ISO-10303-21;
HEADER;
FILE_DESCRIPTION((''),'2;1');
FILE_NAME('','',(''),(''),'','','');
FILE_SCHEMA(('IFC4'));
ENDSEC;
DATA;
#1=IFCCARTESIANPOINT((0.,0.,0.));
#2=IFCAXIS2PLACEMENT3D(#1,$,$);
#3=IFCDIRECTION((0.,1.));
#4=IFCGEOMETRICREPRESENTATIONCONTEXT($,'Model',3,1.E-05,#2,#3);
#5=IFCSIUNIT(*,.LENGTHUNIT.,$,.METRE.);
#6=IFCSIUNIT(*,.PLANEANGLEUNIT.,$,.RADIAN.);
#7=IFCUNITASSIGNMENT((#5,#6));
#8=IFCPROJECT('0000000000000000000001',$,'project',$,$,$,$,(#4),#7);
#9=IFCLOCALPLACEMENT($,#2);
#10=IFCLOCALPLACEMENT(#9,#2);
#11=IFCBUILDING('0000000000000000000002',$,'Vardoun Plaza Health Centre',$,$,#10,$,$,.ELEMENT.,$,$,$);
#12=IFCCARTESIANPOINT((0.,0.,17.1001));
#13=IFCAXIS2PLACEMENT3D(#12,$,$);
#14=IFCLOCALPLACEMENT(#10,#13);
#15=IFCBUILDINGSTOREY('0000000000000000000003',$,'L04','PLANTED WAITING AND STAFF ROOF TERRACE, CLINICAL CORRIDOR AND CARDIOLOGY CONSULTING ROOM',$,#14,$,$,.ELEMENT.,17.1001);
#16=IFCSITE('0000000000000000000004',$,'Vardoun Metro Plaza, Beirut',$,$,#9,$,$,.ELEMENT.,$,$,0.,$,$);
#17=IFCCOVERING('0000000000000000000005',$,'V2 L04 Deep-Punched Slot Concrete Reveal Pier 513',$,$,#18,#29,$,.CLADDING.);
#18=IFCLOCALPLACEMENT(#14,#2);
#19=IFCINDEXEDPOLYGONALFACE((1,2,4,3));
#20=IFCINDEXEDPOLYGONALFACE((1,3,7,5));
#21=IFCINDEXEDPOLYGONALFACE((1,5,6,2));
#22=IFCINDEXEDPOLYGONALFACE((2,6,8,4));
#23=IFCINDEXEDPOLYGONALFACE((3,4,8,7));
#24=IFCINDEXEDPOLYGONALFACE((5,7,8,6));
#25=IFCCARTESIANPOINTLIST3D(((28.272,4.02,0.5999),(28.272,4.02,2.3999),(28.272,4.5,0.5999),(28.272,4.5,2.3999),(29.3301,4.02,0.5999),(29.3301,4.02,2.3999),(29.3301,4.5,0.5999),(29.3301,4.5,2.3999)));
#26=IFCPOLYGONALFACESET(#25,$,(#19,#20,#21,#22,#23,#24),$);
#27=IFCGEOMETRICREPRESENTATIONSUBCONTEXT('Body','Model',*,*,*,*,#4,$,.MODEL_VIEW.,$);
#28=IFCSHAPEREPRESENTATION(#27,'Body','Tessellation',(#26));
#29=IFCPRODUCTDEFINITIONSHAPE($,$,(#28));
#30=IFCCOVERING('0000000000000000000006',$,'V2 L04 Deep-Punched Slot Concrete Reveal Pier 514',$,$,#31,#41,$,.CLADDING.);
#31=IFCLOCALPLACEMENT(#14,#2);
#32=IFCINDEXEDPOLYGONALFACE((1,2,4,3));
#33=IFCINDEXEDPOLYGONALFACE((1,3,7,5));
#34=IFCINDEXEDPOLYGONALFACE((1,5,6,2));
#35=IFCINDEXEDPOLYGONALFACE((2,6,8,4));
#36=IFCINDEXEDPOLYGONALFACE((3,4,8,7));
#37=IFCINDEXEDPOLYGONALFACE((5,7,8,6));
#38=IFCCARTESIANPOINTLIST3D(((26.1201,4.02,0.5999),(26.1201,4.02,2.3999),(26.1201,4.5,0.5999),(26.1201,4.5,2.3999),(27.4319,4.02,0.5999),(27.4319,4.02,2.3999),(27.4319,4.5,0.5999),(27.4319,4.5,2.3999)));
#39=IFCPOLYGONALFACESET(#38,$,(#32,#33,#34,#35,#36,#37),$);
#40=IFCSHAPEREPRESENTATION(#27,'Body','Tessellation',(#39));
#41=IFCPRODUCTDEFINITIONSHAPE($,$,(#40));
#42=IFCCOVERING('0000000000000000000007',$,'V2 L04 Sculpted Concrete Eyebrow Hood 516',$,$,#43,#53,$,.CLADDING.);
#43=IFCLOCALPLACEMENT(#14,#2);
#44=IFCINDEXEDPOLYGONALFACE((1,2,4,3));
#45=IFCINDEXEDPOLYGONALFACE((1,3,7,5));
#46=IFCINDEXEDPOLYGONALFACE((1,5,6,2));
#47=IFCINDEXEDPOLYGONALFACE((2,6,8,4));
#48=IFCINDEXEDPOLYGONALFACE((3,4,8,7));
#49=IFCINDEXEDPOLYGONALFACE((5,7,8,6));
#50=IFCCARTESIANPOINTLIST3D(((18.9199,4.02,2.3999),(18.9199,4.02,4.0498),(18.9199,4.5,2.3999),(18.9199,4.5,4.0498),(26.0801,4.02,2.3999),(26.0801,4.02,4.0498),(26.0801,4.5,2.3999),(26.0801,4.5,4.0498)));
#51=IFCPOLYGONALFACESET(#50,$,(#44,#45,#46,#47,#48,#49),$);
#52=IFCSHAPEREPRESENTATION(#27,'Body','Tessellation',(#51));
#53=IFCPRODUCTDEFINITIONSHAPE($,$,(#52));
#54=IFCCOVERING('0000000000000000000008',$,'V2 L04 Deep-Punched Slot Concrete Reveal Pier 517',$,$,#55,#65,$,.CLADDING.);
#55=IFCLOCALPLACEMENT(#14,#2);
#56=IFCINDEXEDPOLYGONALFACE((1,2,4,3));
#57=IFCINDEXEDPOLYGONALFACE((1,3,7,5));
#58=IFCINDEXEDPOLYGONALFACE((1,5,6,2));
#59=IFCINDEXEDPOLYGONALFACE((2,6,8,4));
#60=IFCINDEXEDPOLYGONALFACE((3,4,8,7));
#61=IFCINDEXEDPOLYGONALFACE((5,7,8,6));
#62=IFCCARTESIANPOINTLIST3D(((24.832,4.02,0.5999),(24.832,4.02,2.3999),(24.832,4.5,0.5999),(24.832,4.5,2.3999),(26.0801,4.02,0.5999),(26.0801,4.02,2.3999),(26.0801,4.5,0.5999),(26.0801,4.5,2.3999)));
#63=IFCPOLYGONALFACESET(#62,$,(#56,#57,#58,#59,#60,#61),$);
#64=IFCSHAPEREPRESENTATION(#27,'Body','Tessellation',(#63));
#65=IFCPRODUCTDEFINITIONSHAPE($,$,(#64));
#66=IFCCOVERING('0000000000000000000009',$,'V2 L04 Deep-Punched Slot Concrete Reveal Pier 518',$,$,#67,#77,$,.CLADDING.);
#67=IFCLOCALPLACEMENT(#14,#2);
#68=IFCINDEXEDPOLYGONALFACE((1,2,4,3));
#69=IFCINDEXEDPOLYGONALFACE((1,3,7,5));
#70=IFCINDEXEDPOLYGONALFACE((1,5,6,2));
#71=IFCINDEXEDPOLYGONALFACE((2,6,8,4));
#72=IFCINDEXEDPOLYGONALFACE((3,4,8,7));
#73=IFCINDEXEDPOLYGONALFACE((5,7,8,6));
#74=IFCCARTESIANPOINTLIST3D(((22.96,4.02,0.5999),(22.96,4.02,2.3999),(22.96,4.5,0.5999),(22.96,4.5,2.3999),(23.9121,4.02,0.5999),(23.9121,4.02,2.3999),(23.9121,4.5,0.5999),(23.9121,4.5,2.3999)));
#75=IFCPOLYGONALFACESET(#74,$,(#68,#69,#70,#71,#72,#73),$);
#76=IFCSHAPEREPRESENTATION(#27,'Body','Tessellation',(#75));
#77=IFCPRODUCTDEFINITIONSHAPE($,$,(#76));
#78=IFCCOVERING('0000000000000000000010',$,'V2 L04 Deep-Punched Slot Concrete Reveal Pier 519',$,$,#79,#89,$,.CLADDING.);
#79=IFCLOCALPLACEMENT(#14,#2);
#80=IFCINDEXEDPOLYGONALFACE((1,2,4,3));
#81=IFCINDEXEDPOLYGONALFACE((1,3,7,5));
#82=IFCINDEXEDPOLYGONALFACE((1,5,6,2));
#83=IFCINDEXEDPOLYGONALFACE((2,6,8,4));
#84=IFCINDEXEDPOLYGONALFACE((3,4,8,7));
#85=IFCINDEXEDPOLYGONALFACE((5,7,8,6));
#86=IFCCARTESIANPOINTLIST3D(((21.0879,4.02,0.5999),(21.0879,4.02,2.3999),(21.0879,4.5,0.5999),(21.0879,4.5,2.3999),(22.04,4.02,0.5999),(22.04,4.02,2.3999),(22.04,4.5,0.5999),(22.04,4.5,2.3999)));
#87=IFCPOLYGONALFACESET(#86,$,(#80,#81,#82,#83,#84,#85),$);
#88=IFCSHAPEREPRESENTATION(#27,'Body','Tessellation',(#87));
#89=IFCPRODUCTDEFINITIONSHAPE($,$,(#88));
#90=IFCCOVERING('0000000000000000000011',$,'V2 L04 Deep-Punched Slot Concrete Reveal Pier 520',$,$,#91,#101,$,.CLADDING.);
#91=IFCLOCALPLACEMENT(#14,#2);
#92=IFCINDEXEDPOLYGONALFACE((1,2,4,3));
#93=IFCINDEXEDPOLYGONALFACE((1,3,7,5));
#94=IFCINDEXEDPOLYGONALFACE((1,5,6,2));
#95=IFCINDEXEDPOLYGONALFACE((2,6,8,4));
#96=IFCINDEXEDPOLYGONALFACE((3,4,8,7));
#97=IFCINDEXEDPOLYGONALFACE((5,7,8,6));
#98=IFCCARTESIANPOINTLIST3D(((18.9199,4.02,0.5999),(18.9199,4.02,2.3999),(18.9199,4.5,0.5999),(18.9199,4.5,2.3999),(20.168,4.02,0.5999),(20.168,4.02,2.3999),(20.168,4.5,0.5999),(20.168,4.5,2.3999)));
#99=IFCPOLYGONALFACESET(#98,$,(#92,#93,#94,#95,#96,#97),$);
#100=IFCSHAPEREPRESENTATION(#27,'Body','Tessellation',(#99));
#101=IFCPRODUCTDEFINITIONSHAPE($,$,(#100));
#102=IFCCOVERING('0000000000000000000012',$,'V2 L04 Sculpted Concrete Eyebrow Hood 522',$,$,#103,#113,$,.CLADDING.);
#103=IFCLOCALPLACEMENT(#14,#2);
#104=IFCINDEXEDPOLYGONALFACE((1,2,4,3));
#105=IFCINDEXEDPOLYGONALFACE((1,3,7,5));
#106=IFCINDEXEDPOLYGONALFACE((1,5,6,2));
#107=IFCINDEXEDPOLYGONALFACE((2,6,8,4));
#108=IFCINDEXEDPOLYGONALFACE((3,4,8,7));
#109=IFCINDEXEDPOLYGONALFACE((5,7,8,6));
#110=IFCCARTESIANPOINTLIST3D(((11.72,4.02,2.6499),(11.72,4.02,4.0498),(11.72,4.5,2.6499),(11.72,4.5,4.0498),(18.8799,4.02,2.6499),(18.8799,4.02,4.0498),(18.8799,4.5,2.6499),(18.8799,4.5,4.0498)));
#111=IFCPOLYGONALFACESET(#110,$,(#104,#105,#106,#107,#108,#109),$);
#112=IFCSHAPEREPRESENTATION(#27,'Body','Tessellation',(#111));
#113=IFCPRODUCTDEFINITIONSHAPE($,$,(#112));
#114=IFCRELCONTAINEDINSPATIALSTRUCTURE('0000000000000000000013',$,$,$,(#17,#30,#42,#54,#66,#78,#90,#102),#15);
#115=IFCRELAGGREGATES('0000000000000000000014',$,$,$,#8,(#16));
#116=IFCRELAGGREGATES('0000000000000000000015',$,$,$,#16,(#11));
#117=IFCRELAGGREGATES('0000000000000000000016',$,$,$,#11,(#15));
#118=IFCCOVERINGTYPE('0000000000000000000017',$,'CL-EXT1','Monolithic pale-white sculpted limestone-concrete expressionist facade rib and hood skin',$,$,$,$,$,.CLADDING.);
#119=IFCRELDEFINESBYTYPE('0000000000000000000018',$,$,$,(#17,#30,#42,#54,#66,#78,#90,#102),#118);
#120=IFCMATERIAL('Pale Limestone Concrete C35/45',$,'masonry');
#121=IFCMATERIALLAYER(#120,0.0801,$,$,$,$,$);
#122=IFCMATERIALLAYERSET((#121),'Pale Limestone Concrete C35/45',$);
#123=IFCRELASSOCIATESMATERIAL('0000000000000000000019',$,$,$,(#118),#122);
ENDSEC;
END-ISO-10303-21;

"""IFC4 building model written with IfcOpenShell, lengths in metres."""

from ifc_helpers import new_model, si_unit, direction, frame, origin, place, context, subcontext, project, spatial, polyline, outline, extrude, material, layer, layer_set, type_object, element, save


model = new_model("IFC4")

# Units and contexts
model_context = context("Model", 3, precision=1e-05, world=origin(), true_north=direction((0.0, 1.0)))
body_context = subcontext(model_context, "Body", "Model", "MODEL_VIEW")
ifc_project = project(units=[si_unit("LENGTHUNIT", "METRE"), si_unit("PLANEANGLEUNIT", "RADIAN")], contexts=[model_context])

# Site, building, storey
site_placement = place(None, origin())
site = spatial("IfcSite", under=ifc_project, at=site_placement, Name="Vardoun Metro Plaza, Beirut", CompositionType="ELEMENT", RefElevation=0.0)
building_placement = place(site_placement, origin())
building = spatial("IfcBuilding", under=site, at=building_placement, Name="Vardoun Plaza Health Centre", CompositionType="ELEMENT")
storey_placement = place(building_placement, frame((0.0, 0.0, 17.1001)))
storey = spatial("IfcBuildingStorey", under=building, at=storey_placement, Name="L04", Description="PLANTED WAITING AND STAFF ROOF TERRACE, CLINICAL CORRIDOR AND CARDIOLOGY CONSULTING ROOM", CompositionType="ELEMENT", Elevation=17.1001)

# Coverings
ifc_material = material(Name="Pale Limestone Concrete C35/45", Category="masonry")
ifc_layer = layer(ifc_material, 0.0801)
ifc_layer_set = layer_set([ifc_layer], Name="Pale Limestone Concrete C35/45")
covering_type = type_object("IfcCoveringType", Name="CL-EXT1", Description="Monolithic pale-white sculpted limestone-concrete expressionist facade rib and hood skin", PredefinedType="CLADDING", material=ifc_layer_set)
covering_1_placement = place(storey_placement, frame((0.0, 0.0, 0.5999)))
element("IfcCovering", 1, at=covering_1_placement, inside=storey, type_object=covering_type, Name="V2 L04 Deep-Punched Slot Concrete Reveal Pier 513", PredefinedType="CLADDING", context=body_context, shape_type="SweptSolid", body=[
    extrude(outline(polyline([(29.3301, 4.5), (28.272, 4.5), (28.272, 4.02), (29.3301, 4.02), (29.3301, 4.5)])), origin(), (0.0, 0.0, 1.0), 1.8),
])
covering_2_placement = place(storey_placement, frame((0.0, 0.0, 0.5999)))
element("IfcCovering", 2, at=covering_2_placement, inside=storey, type_object=covering_type, Name="V2 L04 Deep-Punched Slot Concrete Reveal Pier 514", PredefinedType="CLADDING", context=body_context, shape_type="SweptSolid", body=[
    extrude(outline(polyline([(27.4319, 4.5), (26.1201, 4.5), (26.1201, 4.02), (27.4319, 4.02), (27.4319, 4.5)])), origin(), (0.0, 0.0, 1.0), 1.8),
])
covering_3_placement = place(storey_placement, frame((0.0, 0.0, 2.3999)))
element("IfcCovering", 3, at=covering_3_placement, inside=storey, type_object=covering_type, Name="V2 L04 Sculpted Concrete Eyebrow Hood 516", PredefinedType="CLADDING", context=body_context, shape_type="SweptSolid", body=[
    extrude(outline(polyline([(26.0801, 4.5), (18.9199, 4.5), (18.9199, 4.02), (26.0801, 4.02), (26.0801, 4.5)])), origin(), (0.0, 0.0, 1.0), 1.6499),
])
covering_4_placement = place(storey_placement, frame((0.0, 0.0, 0.5999)))
element("IfcCovering", 4, at=covering_4_placement, inside=storey, type_object=covering_type, Name="V2 L04 Deep-Punched Slot Concrete Reveal Pier 517", PredefinedType="CLADDING", context=body_context, shape_type="SweptSolid", body=[
    extrude(outline(polyline([(26.0801, 4.5), (24.832, 4.5), (24.832, 4.02), (26.0801, 4.02), (26.0801, 4.5)])), origin(), (0.0, 0.0, 1.0), 1.8),
])
covering_5_placement = place(storey_placement, frame((0.0, 0.0, 0.5999)))
element("IfcCovering", 5, at=covering_5_placement, inside=storey, type_object=covering_type, Name="V2 L04 Deep-Punched Slot Concrete Reveal Pier 518", PredefinedType="CLADDING", context=body_context, shape_type="SweptSolid", body=[
    extrude(outline(polyline([(23.9121, 4.5), (22.96, 4.5), (22.96, 4.02), (23.9121, 4.02), (23.9121, 4.5)])), origin(), (0.0, 0.0, 1.0), 1.8),
])
covering_6_placement = place(storey_placement, frame((0.0, 0.0, 0.5999)))
element("IfcCovering", 6, at=covering_6_placement, inside=storey, type_object=covering_type, Name="V2 L04 Deep-Punched Slot Concrete Reveal Pier 519", PredefinedType="CLADDING", context=body_context, shape_type="SweptSolid", body=[
    extrude(outline(polyline([(22.04, 4.5), (21.0879, 4.5), (21.0879, 4.02), (22.04, 4.02), (22.04, 4.5)])), origin(), (0.0, 0.0, 1.0), 1.8),
])
covering_7_placement = place(storey_placement, frame((0.0, 0.0, 0.5999)))
element("IfcCovering", 7, at=covering_7_placement, inside=storey, type_object=covering_type, Name="V2 L04 Deep-Punched Slot Concrete Reveal Pier 520", PredefinedType="CLADDING", context=body_context, shape_type="SweptSolid", body=[
    extrude(outline(polyline([(20.168, 4.5), (18.9199, 4.5), (18.9199, 4.02), (20.168, 4.02), (20.168, 4.5)])), origin(), (0.0, 0.0, 1.0), 1.8),
])
covering_8_placement = place(storey_placement, frame((0.0, 0.0, 2.6499)))
element("IfcCovering", 8, at=covering_8_placement, inside=storey, type_object=covering_type, Name="V2 L04 Sculpted Concrete Eyebrow Hood 522", PredefinedType="CLADDING", context=body_context, shape_type="SweptSolid", body=[
    extrude(outline(polyline([(18.8799, 4.5), (11.72, 4.5), (11.72, 4.02), (18.8799, 4.02), (18.8799, 4.5)])), origin(), (0.0, 0.0, 1.0), 1.3999),
])

save(model, "model.ifc")
